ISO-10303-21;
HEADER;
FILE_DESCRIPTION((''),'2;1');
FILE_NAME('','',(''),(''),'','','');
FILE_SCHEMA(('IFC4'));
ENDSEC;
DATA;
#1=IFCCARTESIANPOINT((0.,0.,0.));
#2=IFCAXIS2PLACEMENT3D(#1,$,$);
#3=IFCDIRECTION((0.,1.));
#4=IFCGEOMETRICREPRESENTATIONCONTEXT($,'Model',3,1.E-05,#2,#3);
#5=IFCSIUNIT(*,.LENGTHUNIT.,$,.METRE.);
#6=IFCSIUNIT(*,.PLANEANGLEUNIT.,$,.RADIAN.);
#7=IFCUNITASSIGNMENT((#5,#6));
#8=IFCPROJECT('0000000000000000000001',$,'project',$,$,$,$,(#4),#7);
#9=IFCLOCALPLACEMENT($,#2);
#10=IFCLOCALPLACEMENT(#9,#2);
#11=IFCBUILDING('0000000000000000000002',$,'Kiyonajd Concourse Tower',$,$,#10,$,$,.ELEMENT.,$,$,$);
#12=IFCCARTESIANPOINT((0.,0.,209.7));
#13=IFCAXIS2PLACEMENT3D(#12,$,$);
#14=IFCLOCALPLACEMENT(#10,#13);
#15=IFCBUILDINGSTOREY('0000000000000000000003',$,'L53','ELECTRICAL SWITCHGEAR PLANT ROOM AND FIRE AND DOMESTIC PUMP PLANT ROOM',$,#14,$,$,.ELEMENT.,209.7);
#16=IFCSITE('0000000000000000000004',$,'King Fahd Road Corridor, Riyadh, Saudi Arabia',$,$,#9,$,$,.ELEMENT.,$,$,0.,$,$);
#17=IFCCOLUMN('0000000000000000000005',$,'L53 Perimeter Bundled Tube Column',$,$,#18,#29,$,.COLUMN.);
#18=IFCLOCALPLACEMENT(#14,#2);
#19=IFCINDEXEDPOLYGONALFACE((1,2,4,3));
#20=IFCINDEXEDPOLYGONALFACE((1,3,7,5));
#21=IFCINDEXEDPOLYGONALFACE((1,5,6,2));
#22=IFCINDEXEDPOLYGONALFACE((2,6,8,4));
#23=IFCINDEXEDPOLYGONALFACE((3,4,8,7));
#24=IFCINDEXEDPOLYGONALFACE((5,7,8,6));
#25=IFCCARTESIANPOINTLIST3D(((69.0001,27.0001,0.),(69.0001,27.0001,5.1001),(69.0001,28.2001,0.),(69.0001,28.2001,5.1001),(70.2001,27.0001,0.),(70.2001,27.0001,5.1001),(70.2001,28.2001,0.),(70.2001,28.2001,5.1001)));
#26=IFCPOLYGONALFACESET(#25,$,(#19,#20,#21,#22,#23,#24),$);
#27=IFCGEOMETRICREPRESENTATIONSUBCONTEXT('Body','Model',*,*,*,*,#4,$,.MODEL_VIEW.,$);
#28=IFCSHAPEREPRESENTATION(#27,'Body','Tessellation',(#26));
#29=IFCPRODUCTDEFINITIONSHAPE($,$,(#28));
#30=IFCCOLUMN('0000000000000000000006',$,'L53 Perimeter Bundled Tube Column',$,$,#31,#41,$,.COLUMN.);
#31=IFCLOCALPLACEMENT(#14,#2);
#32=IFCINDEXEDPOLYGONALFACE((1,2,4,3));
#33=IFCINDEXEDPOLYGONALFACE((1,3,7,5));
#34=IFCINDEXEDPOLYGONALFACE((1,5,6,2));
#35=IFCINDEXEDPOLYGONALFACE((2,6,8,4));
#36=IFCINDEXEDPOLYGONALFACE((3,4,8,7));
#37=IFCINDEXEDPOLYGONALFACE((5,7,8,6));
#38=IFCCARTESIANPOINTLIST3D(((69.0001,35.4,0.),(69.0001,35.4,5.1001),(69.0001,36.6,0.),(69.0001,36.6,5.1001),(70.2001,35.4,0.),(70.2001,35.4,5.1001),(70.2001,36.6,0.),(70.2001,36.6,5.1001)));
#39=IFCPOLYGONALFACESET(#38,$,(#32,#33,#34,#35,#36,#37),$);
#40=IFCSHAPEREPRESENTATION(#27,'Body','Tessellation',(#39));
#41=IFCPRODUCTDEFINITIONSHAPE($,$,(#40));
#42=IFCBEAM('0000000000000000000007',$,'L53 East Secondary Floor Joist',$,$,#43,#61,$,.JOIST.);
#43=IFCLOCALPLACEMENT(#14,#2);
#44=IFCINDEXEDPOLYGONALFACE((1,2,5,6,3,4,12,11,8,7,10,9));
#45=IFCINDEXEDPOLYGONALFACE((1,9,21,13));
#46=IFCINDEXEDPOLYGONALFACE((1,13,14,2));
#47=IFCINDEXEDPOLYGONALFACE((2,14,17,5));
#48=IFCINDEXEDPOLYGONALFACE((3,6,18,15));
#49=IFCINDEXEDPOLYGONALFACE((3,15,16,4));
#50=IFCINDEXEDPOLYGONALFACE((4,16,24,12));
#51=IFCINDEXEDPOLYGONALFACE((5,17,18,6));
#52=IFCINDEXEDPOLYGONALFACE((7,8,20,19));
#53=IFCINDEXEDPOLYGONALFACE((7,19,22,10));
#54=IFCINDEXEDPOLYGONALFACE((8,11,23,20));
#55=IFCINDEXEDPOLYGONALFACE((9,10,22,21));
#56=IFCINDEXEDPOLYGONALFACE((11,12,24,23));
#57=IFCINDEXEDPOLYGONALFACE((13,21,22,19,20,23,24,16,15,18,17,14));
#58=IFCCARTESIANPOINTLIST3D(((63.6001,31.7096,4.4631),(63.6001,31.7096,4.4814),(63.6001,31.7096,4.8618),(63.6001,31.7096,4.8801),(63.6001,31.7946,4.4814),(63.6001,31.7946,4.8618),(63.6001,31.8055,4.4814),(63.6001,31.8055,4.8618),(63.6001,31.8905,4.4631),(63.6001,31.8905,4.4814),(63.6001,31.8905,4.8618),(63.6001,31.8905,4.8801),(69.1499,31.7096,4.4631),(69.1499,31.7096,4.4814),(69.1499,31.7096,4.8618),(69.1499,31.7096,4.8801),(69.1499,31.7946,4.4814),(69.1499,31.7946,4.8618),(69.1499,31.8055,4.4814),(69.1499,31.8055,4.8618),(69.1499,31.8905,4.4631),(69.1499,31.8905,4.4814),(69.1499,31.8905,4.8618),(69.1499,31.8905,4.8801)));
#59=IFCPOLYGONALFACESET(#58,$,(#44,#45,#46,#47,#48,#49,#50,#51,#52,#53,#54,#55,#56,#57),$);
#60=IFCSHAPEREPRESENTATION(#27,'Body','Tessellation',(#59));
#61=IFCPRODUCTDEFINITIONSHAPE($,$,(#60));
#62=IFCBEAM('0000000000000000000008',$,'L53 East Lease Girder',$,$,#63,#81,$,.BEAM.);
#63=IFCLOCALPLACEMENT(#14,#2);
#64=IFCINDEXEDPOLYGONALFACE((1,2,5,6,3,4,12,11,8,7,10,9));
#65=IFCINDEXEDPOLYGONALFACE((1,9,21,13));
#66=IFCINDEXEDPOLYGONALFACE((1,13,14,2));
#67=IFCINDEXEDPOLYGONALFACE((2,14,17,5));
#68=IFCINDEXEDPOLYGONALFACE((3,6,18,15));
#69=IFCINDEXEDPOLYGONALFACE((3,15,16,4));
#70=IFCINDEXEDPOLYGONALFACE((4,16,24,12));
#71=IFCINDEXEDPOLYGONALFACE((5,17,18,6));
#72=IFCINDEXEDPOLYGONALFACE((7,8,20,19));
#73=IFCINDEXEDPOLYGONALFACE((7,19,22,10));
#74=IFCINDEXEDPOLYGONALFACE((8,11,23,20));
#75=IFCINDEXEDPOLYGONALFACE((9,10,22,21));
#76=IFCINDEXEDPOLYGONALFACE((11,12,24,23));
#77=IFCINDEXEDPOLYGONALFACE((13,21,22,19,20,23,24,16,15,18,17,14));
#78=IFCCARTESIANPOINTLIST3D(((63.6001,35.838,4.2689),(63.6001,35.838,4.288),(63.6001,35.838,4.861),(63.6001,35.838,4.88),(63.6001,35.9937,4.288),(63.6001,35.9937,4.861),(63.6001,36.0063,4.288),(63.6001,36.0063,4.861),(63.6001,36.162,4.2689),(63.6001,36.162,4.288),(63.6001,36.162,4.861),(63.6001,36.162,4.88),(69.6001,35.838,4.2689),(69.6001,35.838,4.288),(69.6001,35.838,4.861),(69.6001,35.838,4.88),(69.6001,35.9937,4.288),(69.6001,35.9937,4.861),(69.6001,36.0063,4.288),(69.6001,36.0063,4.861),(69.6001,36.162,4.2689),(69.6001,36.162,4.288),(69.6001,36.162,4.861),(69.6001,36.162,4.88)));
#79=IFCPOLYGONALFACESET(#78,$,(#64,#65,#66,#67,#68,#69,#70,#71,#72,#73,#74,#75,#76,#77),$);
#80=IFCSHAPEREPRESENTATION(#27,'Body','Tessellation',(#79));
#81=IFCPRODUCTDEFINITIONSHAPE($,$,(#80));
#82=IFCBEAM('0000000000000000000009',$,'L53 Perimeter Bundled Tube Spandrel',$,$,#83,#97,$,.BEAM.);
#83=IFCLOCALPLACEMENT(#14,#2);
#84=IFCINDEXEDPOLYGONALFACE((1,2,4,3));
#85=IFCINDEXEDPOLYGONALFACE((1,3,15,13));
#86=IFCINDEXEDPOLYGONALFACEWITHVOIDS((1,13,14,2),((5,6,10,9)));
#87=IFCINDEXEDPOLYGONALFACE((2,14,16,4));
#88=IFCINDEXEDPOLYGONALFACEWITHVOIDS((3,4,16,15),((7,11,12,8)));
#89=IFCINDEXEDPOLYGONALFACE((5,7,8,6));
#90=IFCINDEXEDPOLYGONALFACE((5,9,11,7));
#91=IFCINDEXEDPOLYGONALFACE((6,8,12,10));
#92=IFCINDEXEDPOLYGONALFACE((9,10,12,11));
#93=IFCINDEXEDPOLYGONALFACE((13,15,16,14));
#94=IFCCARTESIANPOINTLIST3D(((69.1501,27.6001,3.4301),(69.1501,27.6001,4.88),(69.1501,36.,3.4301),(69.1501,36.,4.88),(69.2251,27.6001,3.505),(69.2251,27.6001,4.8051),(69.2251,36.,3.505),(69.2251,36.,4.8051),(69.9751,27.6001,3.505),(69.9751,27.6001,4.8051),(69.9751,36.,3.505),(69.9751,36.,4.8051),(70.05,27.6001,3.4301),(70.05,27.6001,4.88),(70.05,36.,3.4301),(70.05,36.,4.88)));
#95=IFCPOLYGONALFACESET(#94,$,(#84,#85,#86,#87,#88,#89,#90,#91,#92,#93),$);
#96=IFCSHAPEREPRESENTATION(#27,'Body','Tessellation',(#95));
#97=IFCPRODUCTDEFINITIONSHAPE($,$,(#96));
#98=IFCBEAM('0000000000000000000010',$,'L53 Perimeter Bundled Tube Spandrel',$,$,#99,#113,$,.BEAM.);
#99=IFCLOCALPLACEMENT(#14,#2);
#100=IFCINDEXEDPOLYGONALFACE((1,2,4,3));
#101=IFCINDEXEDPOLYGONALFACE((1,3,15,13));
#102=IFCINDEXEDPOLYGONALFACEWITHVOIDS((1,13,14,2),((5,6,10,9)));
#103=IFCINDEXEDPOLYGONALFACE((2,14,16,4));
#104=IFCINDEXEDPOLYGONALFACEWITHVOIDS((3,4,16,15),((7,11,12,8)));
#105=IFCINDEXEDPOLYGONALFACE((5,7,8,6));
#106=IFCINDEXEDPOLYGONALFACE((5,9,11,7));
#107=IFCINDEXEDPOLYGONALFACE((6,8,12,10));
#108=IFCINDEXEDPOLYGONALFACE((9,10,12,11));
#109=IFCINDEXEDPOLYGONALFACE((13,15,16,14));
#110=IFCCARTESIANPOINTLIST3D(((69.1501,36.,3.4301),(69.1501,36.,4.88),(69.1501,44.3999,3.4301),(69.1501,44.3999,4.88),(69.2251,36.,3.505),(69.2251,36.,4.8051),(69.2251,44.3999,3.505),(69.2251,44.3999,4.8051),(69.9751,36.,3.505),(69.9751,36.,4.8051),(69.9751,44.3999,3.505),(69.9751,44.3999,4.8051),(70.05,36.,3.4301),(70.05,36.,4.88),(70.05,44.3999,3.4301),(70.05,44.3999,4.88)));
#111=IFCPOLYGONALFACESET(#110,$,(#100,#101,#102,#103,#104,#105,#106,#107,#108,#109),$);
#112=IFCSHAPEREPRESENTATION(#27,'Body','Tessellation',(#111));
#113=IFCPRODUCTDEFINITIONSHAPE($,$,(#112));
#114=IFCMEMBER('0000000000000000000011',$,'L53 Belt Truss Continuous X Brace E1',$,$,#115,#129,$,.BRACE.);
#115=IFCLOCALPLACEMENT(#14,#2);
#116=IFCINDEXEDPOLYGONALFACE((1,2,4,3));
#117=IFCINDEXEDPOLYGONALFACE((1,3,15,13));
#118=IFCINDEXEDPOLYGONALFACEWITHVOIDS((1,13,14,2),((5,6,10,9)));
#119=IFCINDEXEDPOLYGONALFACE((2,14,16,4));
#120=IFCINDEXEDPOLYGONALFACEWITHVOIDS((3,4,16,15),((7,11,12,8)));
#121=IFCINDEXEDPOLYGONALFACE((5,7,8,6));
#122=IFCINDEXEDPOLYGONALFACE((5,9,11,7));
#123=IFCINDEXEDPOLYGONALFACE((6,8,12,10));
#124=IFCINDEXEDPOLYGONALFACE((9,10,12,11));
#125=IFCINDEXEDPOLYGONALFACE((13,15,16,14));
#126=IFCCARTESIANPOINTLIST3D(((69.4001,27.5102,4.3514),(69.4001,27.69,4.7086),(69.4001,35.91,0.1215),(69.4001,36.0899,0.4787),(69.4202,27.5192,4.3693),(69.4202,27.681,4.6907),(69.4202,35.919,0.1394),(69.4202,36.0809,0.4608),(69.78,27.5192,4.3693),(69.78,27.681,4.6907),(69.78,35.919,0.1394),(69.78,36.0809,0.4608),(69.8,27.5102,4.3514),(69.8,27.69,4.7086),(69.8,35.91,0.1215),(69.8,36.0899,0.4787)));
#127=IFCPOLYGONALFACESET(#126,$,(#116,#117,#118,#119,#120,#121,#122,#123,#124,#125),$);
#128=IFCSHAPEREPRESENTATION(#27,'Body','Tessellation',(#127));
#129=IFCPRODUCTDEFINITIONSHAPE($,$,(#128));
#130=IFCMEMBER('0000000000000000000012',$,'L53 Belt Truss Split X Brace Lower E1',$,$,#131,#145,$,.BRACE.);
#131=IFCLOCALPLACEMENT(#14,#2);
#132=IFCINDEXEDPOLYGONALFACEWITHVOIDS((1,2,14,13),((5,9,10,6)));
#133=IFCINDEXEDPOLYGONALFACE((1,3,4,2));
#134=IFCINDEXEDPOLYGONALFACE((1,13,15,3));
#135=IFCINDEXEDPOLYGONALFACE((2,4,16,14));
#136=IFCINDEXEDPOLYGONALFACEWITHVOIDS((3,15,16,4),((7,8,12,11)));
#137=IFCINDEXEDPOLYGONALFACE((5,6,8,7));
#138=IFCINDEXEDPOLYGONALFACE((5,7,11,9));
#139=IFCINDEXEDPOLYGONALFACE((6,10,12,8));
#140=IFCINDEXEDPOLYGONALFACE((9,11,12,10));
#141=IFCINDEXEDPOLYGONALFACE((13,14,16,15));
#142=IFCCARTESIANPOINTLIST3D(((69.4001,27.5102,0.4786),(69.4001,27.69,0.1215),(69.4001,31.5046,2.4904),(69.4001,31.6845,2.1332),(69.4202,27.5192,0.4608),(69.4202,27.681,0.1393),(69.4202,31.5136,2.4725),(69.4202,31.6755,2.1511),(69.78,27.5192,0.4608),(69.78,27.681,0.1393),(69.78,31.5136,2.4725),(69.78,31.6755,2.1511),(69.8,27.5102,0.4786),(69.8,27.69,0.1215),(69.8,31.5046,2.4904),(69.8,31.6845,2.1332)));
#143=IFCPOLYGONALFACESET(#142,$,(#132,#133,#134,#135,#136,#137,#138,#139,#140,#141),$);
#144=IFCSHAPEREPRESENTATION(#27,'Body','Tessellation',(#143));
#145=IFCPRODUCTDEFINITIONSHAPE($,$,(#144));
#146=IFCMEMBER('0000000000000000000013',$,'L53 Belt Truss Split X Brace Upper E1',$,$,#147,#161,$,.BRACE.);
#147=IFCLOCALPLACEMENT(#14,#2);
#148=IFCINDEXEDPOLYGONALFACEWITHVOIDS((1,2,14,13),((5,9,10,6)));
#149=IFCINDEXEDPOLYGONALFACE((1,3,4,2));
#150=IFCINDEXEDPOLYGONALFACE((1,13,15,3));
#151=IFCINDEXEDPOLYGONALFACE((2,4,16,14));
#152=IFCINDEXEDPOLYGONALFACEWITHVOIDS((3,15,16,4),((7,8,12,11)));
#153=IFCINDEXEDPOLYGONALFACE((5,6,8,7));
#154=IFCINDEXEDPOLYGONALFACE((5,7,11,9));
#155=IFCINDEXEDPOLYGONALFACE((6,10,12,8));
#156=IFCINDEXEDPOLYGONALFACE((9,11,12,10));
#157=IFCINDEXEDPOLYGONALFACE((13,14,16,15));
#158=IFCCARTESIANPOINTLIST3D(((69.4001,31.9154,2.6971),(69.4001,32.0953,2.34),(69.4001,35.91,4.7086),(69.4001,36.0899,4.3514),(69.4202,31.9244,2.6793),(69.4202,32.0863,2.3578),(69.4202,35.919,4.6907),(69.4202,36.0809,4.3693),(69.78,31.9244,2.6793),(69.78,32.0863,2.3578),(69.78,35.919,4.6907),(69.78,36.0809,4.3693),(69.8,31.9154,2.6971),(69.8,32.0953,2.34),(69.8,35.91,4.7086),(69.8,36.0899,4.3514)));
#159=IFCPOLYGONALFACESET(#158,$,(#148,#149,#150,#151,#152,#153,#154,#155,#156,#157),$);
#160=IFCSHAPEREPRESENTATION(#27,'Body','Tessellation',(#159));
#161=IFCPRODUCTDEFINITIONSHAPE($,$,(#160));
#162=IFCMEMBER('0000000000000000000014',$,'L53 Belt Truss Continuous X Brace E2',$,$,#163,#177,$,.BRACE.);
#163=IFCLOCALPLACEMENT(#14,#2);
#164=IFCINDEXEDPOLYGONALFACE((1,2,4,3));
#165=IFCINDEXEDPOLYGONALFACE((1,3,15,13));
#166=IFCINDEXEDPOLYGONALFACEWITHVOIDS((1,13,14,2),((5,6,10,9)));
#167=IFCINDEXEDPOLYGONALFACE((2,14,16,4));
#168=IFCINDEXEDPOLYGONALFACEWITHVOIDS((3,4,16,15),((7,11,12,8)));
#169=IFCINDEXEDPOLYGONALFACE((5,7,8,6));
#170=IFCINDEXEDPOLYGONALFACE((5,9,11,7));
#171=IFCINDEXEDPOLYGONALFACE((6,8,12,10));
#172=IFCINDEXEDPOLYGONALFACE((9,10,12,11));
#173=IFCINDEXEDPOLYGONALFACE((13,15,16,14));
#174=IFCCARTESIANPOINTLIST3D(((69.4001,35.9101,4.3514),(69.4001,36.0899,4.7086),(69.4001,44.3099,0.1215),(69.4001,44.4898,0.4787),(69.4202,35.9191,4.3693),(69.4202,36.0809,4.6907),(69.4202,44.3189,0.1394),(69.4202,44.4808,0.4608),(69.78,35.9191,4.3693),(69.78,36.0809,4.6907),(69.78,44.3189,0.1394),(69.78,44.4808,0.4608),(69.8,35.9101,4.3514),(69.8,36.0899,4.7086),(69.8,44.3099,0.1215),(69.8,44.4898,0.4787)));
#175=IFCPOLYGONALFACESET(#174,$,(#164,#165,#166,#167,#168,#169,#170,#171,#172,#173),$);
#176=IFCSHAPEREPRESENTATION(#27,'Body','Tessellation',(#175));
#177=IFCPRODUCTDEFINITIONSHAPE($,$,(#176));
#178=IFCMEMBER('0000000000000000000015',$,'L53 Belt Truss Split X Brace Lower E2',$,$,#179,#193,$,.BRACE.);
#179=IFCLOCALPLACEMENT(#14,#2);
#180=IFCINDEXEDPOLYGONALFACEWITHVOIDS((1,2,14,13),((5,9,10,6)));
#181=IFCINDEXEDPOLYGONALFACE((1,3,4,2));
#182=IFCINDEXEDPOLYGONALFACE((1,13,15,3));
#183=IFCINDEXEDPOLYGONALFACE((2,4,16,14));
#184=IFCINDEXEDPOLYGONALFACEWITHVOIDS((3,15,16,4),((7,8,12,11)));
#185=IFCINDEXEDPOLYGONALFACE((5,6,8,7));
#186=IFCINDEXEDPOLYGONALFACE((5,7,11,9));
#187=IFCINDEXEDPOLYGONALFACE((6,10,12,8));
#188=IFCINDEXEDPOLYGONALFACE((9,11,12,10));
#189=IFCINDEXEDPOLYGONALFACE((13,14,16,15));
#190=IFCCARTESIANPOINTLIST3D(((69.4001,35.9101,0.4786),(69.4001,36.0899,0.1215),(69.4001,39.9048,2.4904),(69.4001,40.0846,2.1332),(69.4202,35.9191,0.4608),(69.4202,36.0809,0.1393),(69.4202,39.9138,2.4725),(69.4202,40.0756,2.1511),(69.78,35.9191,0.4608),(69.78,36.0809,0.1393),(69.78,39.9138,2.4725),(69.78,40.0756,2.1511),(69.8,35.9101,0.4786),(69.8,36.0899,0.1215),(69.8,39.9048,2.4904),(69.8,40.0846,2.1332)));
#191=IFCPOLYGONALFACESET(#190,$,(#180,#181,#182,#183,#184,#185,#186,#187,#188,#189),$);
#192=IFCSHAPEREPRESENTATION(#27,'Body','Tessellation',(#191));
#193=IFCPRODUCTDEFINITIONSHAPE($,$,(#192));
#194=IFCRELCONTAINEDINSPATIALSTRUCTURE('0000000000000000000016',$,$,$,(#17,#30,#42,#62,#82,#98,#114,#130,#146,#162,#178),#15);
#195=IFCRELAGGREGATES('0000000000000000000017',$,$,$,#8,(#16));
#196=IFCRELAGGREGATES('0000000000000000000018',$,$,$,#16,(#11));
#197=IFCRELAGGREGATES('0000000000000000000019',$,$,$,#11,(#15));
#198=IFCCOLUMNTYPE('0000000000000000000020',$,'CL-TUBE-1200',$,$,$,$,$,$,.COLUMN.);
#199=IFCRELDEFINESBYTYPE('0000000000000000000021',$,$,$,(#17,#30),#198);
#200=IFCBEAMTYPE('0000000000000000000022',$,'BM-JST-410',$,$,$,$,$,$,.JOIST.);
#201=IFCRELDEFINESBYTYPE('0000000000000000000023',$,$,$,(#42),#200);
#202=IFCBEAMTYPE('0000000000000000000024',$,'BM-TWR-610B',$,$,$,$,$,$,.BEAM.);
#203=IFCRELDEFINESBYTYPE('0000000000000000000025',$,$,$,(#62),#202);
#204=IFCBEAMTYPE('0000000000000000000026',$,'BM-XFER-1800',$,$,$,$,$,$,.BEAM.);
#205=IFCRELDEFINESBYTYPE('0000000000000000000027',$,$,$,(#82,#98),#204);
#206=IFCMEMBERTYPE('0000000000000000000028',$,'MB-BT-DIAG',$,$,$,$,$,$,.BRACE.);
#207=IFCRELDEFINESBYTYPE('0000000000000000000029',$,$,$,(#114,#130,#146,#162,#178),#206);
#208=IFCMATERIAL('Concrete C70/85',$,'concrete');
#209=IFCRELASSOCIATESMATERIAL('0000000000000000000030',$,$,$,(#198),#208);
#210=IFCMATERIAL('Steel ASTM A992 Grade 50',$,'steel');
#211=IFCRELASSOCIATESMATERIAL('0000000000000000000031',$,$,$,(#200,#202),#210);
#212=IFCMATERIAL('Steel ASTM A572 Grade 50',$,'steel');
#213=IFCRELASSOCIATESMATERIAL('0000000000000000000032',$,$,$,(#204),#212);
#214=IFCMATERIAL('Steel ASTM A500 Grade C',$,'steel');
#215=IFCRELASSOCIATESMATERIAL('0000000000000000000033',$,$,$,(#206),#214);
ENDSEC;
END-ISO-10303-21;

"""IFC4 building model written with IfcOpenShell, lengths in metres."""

from ifc_helpers import new_model, si_unit, direction, frame, origin, origin_2d, place, context, subcontext, project, spatial, rectangle, hollow_rectangle, i_section, extrude, material, material_profile, profile_set, type_object, element, save


model = new_model("IFC4")

# Units and contexts
model_context = context("Model", 3, precision=1e-05, world=origin(), true_north=direction((0.0, 1.0)))
body_context = subcontext(model_context, "Body", "Model", "MODEL_VIEW")
ifc_project = project(units=[si_unit("LENGTHUNIT", "METRE"), si_unit("PLANEANGLEUNIT", "RADIAN")], contexts=[model_context])

# Site, building, storey
site_placement = place(None, origin())
site = spatial("IfcSite", under=ifc_project, at=site_placement, Name="King Fahd Road Corridor, Riyadh, Saudi Arabia", CompositionType="ELEMENT", RefElevation=0.0)
building_placement = place(site_placement, origin())
building = spatial("IfcBuilding", under=site, at=building_placement, Name="Kiyonajd Concourse Tower", CompositionType="ELEMENT")
storey_placement = place(building_placement, frame((0.0, 0.0, 209.7)))
storey = spatial("IfcBuildingStorey", under=building, at=storey_placement, Name="L53", Description="ELECTRICAL SWITCHGEAR PLANT ROOM AND FIRE AND DOMESTIC PUMP PLANT ROOM", CompositionType="ELEMENT", Elevation=209.7)

# Columns
ifc_material_1 = material(Name="Concrete C70/85", Category="concrete")
ifc_material_profile_1 = material_profile(ifc_material_1, rectangle(XDim=1.2, YDim=1.2, at=origin_2d()), Name="RC-1200x1200")
ifc_profile_set_1 = profile_set([ifc_material_profile_1], Name="Concrete C70/85")
column_type = type_object("IfcColumnType", Name="CL-TUBE-1200", PredefinedType="COLUMN", material=ifc_profile_set_1)
for number, where, z_axis, x_axis, name in (
    (1, (69.6001, 27.6001, 0.0), (0.0, 0.0, 1.0), (1.0, 0.0, 0.0), "L53 Perimeter Bundled Tube Column"),
    (2, (69.6001, 36.0, 0.0), (0.0, 0.0, 1.0), (1.0, 0.0, 0.0), "L53 Perimeter Bundled Tube Column"),
):
    element("IfcColumn", number, at=place(storey_placement, frame(where, z_axis=z_axis, x_axis=x_axis)), inside=storey, type_object=column_type, Name=name, PredefinedType="COLUMN", context=body_context, shape_type="SweptSolid", body=[
        extrude(rectangle(XDim=1.2, YDim=1.2, at=origin_2d()), origin(), (0.0, 0.0, 1.0), 5.1001),
    ])

# Beams
ifc_material_2 = material(Name="Steel ASTM A992 Grade 50", Category="steel")
ifc_material_profile_2 = material_profile(ifc_material_2, i_section(OverallWidth=0.1809, OverallDepth=0.417, WebThickness=0.011, FlangeThickness=0.0183, at=origin_2d()), Name="W410X85")
ifc_profile_set_2 = profile_set([ifc_material_profile_2], Name="Steel ASTM A992 Grade 50")
beam_type_1 = type_object("IfcBeamType", Name="BM-JST-410", PredefinedType="JOIST", material=ifc_profile_set_2)
beam_1_placement = place(storey_placement, frame((63.6001, 31.8, 4.6716), z_axis=(1.0, 0.0, 0.0), x_axis=(0.0, 1.0, 0.0)))
element("IfcBeam", 3, at=beam_1_placement, inside=storey, type_object=beam_type_1, Name="L53 East Secondary Floor Joist", PredefinedType="JOIST", context=body_context, shape_type="SweptSolid", body=[
    extrude(i_section(OverallWidth=0.1809, OverallDepth=0.417, WebThickness=0.011, FlangeThickness=0.0183, at=origin_2d()), origin(), (0.0, 0.0, 1.0), 5.5498),
])
ifc_material_profile_3 = material_profile(ifc_material_2, i_section(OverallWidth=0.324, OverallDepth=0.6111, WebThickness=0.0127, FlangeThickness=0.019, at=origin_2d()), Name="W610X155")
ifc_profile_set_3 = profile_set([ifc_material_profile_3], Name="Steel ASTM A992 Grade 50")
beam_type_2 = type_object("IfcBeamType", Name="BM-TWR-610B", PredefinedType="BEAM", material=ifc_profile_set_3)
beam_2_placement = place(storey_placement, frame((63.6001, 36.0, 4.5745), z_axis=(1.0, 0.0, 0.0), x_axis=(0.0, 1.0, 0.0)))
element("IfcBeam", 4, at=beam_2_placement, inside=storey, type_object=beam_type_2, Name="L53 East Lease Girder", PredefinedType="BEAM", context=body_context, shape_type="SweptSolid", body=[
    extrude(i_section(OverallWidth=0.324, OverallDepth=0.6111, WebThickness=0.0127, FlangeThickness=0.019, at=origin_2d()), origin(), (0.0, 0.0, 1.0), 6.0),
])
ifc_material_3 = material(Name="Steel ASTM A572 Grade 50", Category="steel")
ifc_material_profile_4 = material_profile(ifc_material_3, hollow_rectangle(XDim=0.8999, YDim=1.45, WallThickness=0.075, at=origin_2d()), Name="BOX-1450x900x75")
ifc_profile_set_4 = profile_set([ifc_material_profile_4], Name="Steel ASTM A572 Grade 50")
beam_type_3 = type_object("IfcBeamType", Name="BM-XFER-1800", PredefinedType="BEAM", material=ifc_profile_set_4)
for number, where, z_axis, x_axis, name in (
    (5, (69.6001, 27.6001, 4.155), (0.0, 1.0, 0.0), (-1.0, 0.0, 0.0), "L53 Perimeter Bundled Tube Spandrel"),
    (6, (69.6001, 36.0, 4.155), (0.0, 1.0, 0.0), (-1.0, 0.0, 0.0), "L53 Perimeter Bundled Tube Spandrel"),
):
    element("IfcBeam", number, at=place(storey_placement, frame(where, z_axis=z_axis, x_axis=x_axis)), inside=storey, type_object=beam_type_3, Name=name, PredefinedType="BEAM", context=body_context, shape_type="SweptSolid", body=[
        extrude(hollow_rectangle(XDim=0.8999, YDim=1.45, WallThickness=0.075, at=origin_2d()), origin(), (0.0, 0.0, 1.0), 8.3999),
    ])

# Members
ifc_material_4 = material(Name="Steel ASTM A500 Grade C", Category="steel")
ifc_material_profile_5 = material_profile(ifc_material_4, hollow_rectangle(XDim=0.3999, YDim=0.3999, WallThickness=0.02, at=origin_2d()), Name="HSS-400x400x20")
ifc_profile_set_5 = profile_set([ifc_material_profile_5], Name="Steel ASTM A500 Grade C")
member_type = type_object("IfcMemberType", Name="MB-BT-DIAG", PredefinedType="BRACE", material=ifc_profile_set_5)
member_1_placement = place(storey_placement, frame((69.6001, 27.6001, 4.53), z_axis=(0.0, 0.893146, -0.449766), x_axis=(-1.0, 0.0, 0.0)))
element("IfcMember", 7, at=member_1_placement, inside=storey, type_object=member_type, Name="L53 Belt Truss Continuous X Brace E1", PredefinedType="BRACE", context=body_context, shape_type="SweptSolid", body=[
    extrude(hollow_rectangle(XDim=0.3999, YDim=0.3999, WallThickness=0.02, at=origin_2d()), origin(), (0.0, 0.0, 1.0), 9.4048),
])
for number, where, z_axis, x_axis, name in (
    (8, (69.6001, 27.6001, 0.3), (0.0, 0.893124, 0.44981), (-1.0, 0.0, 0.0), "L53 Belt Truss Split X Brace Lower E1"),
    (9, (69.6001, 32.0054, 2.5186), (0.0, 0.893157, 0.449745), (-1.0, 0.0, 0.0), "L53 Belt Truss Split X Brace Upper E1"),
):
    element("IfcMember", number, at=place(storey_placement, frame(where, z_axis=z_axis, x_axis=x_axis)), inside=storey, type_object=member_type, Name=name, PredefinedType="BRACE", context=body_context, shape_type="SweptSolid", body=[
        extrude(hollow_rectangle(XDim=0.3999, YDim=0.3999, WallThickness=0.02, at=origin_2d()), origin(), (0.0, 0.0, 1.0), 4.4724),
    ])
member_2_placement = place(storey_placement, frame((69.6001, 36.0, 4.53), z_axis=(0.0, 0.893146, -0.449766), x_axis=(-1.0, 0.0, 0.0)))
element("IfcMember", 10, at=member_2_placement, inside=storey, type_object=member_type, Name="L53 Belt Truss Continuous X Brace E2", PredefinedType="BRACE", context=body_context, shape_type="SweptSolid", body=[
    extrude(hollow_rectangle(XDim=0.3999, YDim=0.3999, WallThickness=0.02, at=origin_2d()), origin(), (0.0, 0.0, 1.0), 9.4048),
])
member_3_placement = place(storey_placement, frame((69.6001, 36.0, 0.3), z_axis=(0.0, 0.893135, 0.449788), x_axis=(-1.0, 0.0, 0.0)))
element("IfcMember", 11, at=member_3_placement, inside=storey, type_object=member_type, Name="L53 Belt Truss Split X Brace Lower E2", PredefinedType="BRACE", context=body_context, shape_type="SweptSolid", body=[
    extrude(hollow_rectangle(XDim=0.3999, YDim=0.3999, WallThickness=0.02, at=origin_2d()), origin(), (0.0, 0.0, 1.0), 4.4727),
])

save(model, "model.ifc")
